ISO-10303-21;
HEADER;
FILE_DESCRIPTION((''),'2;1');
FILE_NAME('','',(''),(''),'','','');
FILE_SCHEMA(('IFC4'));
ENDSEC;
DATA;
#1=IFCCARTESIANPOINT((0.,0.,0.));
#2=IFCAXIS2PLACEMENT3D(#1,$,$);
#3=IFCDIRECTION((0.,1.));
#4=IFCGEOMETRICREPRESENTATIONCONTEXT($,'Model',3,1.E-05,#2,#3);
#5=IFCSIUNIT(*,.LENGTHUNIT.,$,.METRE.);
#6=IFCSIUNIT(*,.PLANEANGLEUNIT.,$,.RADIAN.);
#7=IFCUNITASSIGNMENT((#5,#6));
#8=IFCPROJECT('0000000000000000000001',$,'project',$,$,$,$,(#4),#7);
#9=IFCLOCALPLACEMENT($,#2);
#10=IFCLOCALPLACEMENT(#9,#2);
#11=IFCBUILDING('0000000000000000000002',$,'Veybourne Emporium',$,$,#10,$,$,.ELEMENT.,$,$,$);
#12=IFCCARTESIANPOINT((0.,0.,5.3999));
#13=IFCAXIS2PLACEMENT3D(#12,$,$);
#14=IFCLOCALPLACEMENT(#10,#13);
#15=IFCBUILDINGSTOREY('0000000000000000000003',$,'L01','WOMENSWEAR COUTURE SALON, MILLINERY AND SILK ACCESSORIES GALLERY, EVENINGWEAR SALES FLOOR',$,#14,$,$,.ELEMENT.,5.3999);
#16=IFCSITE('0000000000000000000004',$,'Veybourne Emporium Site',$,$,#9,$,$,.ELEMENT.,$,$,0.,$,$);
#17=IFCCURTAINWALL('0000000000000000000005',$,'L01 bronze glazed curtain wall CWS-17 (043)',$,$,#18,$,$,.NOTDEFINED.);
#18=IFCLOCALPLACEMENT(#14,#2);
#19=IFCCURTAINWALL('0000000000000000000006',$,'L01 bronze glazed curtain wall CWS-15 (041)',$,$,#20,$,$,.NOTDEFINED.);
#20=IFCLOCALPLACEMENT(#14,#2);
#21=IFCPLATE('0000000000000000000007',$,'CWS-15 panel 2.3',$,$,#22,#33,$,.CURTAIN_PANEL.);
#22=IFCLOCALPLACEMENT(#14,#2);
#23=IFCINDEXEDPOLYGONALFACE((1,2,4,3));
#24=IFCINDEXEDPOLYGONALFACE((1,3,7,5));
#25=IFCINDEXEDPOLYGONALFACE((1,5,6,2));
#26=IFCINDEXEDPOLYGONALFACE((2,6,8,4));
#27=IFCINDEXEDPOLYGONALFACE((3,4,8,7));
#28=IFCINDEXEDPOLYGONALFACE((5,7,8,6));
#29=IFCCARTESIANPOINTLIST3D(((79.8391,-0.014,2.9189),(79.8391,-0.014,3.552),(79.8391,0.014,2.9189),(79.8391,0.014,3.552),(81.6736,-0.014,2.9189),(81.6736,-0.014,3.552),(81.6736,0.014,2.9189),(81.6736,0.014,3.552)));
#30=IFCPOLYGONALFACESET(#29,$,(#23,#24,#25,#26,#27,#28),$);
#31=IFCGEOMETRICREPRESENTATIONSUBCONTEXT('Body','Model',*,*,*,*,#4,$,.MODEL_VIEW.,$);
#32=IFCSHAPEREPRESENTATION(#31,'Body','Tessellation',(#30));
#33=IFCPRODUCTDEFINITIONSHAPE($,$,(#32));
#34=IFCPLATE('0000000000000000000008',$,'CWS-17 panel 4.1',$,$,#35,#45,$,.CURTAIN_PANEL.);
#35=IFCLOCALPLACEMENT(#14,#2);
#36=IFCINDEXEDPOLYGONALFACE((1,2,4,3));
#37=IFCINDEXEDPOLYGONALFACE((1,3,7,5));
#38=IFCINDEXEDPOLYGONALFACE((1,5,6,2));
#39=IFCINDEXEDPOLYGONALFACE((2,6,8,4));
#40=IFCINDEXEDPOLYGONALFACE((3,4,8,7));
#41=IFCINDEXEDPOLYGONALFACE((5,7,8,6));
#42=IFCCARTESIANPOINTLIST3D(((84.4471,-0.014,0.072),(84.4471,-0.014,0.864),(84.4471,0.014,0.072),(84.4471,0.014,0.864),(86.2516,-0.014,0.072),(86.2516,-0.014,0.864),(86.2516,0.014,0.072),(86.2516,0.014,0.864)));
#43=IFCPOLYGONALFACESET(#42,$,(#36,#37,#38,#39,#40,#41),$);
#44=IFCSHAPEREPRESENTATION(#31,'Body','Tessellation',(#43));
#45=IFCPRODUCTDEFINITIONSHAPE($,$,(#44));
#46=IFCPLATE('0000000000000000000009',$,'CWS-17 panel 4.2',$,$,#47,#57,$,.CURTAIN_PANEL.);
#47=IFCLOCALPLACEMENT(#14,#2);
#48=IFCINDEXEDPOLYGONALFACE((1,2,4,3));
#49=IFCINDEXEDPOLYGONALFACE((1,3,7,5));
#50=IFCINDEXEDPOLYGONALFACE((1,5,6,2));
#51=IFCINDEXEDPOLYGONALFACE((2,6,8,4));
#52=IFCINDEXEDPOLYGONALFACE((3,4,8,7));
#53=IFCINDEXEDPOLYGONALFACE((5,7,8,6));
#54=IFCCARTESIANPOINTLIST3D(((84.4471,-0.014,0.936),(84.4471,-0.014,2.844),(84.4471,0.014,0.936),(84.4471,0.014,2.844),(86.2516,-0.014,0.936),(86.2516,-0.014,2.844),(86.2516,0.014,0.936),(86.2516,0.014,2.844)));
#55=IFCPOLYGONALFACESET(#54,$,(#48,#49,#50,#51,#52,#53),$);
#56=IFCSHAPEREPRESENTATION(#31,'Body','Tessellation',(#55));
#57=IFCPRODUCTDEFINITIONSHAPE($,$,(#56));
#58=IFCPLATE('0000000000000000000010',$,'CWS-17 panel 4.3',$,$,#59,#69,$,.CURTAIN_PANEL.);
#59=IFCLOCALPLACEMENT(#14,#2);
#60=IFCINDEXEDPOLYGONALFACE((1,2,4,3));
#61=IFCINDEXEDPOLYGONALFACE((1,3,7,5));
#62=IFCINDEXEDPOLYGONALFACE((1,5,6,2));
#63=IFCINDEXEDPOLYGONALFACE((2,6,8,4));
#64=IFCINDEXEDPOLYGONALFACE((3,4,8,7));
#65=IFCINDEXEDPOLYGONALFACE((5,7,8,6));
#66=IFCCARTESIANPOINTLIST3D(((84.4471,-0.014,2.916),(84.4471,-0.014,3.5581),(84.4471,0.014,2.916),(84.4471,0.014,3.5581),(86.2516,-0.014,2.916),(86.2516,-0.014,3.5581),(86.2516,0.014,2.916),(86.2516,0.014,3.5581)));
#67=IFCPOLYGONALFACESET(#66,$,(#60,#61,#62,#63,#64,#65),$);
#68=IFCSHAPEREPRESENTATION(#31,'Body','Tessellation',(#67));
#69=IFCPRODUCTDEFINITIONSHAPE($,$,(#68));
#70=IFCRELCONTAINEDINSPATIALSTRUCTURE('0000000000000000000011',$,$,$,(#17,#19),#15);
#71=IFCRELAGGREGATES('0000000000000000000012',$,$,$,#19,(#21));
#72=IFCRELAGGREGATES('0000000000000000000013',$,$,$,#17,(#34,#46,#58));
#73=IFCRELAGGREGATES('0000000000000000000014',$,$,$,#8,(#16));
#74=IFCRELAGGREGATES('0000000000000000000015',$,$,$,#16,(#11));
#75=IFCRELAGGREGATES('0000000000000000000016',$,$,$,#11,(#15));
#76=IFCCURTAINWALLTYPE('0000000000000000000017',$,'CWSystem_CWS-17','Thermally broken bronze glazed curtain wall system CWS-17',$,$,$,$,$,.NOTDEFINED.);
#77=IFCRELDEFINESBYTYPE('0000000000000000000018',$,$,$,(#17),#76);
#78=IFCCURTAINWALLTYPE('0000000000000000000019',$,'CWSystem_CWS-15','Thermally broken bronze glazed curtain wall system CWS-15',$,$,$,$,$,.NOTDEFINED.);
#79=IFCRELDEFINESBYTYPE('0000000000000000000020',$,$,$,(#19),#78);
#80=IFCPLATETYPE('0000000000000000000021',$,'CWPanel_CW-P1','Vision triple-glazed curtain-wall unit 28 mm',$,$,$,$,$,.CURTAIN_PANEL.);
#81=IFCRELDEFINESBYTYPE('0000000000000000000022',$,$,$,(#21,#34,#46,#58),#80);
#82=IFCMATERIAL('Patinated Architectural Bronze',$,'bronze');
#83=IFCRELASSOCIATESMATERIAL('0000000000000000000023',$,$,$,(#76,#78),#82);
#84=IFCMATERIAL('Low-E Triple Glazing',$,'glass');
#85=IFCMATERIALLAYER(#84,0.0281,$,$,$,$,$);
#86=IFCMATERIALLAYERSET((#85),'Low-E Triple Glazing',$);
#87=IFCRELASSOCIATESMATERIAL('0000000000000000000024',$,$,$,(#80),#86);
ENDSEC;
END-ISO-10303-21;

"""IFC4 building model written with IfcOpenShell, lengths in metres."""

from ifc_helpers import new_model, si_unit, direction, frame, origin, origin_2d, place, context, subcontext, project, spatial, rectangle, extrude, material, layer, layer_set, type_object, element, aggregate, save


model = new_model("IFC4")

# Units and contexts
model_context = context("Model", 3, precision=1e-05, world=origin(), true_north=direction((0.0, 1.0)))
body_context = subcontext(model_context, "Body", "Model", "MODEL_VIEW")
ifc_project = project(units=[si_unit("LENGTHUNIT", "METRE"), si_unit("PLANEANGLEUNIT", "RADIAN")], contexts=[model_context])

# Site, building, storey
site_placement = place(None, origin())
site = spatial("IfcSite", under=ifc_project, at=site_placement, Name="Veybourne Emporium Site", CompositionType="ELEMENT", RefElevation=0.0)
building_placement = place(site_placement, origin())
building = spatial("IfcBuilding", under=site, at=building_placement, Name="Veybourne Emporium", CompositionType="ELEMENT")
storey_placement = place(building_placement, frame((0.0, 0.0, 5.3999)))
storey = spatial("IfcBuildingStorey", under=building, at=storey_placement, Name="L01", Description="WOMENSWEAR COUTURE SALON, MILLINERY AND SILK ACCESSORIES GALLERY, EVENINGWEAR SALES FLOOR", CompositionType="ELEMENT", Elevation=5.3999)

# Curtain wall
ifc_material_1 = material(Name="Patinated Architectural Bronze", Category="bronze")
curtain_wall_type_1 = type_object("IfcCurtainWallType", Name="CWSystem_CWS-17", Description="Thermally broken bronze glazed curtain wall system CWS-17", PredefinedType="NOTDEFINED", material=ifc_material_1)
curtain_wall_1_placement = place(storey_placement, origin())
curtain_wall_1 = element("IfcCurtainWall", 1, at=curtain_wall_1_placement, inside=storey, type_object=curtain_wall_type_1, Name="L01 bronze glazed curtain wall CWS-17 (043)", PredefinedType="NOTDEFINED")

# Curtain wall
curtain_wall_type_2 = type_object("IfcCurtainWallType", Name="CWSystem_CWS-15", Description="Thermally broken bronze glazed curtain wall system CWS-15", PredefinedType="NOTDEFINED", material=ifc_material_1)
curtain_wall_2_placement = place(storey_placement, origin())
curtain_wall_2 = element("IfcCurtainWall", 2, at=curtain_wall_2_placement, inside=storey, type_object=curtain_wall_type_2, Name="L01 bronze glazed curtain wall CWS-15 (041)", PredefinedType="NOTDEFINED")

# Plates
ifc_material_2 = material(Name="Low-E Triple Glazing", Category="glass")
ifc_layer = layer(ifc_material_2, 0.0281)
ifc_layer_set = layer_set([ifc_layer], Name="Low-E Triple Glazing")
plate_type = type_object("IfcPlateType", Name="CWPanel_CW-P1", Description="Vision triple-glazed curtain-wall unit 28 mm", PredefinedType="CURTAIN_PANEL", material=ifc_layer_set)
plate_1_placement = place(storey_placement, frame((80.7563, 0.0, 2.9189), z_axis=(0.0, 0.0, 1.0), x_axis=(-1.0, 0.0, 0.0)))
plate_1 = element("IfcPlate", 3, at=plate_1_placement, type_object=plate_type, Name="CWS-15 panel 2.3", PredefinedType="CURTAIN_PANEL", context=body_context, shape_type="SweptSolid", body=[
    extrude(rectangle(XDim=1.8345, YDim=0.0281, at=origin_2d()), origin(), (0.0, 0.0, 1.0), 0.6331),
])
aggregate(curtain_wall_2, [plate_1])
plate_2_placement = place(storey_placement, frame((85.3494, 0.0, 0.072), z_axis=(0.0, 0.0, 1.0), x_axis=(-1.0, 0.0, 0.0)))
plate_2 = element("IfcPlate", 4, at=plate_2_placement, type_object=plate_type, Name="CWS-17 panel 4.1", PredefinedType="CURTAIN_PANEL", context=body_context, shape_type="SweptSolid", body=[
    extrude(rectangle(XDim=1.8044, YDim=0.0281, at=origin_2d()), origin(), (0.0, 0.0, 1.0), 0.792),
])
plate_3_placement = place(storey_placement, frame((85.3494, 0.0, 0.936), z_axis=(0.0, 0.0, 1.0), x_axis=(-1.0, 0.0, 0.0)))
plate_3 = element("IfcPlate", 5, at=plate_3_placement, type_object=plate_type, Name="CWS-17 panel 4.2", PredefinedType="CURTAIN_PANEL", context=body_context, shape_type="SweptSolid", body=[
    extrude(rectangle(XDim=1.8044, YDim=0.0281, at=origin_2d()), origin(), (0.0, 0.0, 1.0), 1.908),
])
plate_4_placement = place(storey_placement, frame((85.3494, 0.0, 2.916), z_axis=(0.0, 0.0, 1.0), x_axis=(-1.0, 0.0, 0.0)))
plate_4 = element("IfcPlate", 6, at=plate_4_placement, type_object=plate_type, Name="CWS-17 panel 4.3", PredefinedType="CURTAIN_PANEL", context=body_context, shape_type="SweptSolid", body=[
    extrude(rectangle(XDim=1.8044, YDim=0.0281, at=origin_2d()), origin(), (0.0, 0.0, 1.0), 0.6421),
])
aggregate(curtain_wall_1, [plate_2, plate_3, plate_4])

save(model, "model.ifc")
